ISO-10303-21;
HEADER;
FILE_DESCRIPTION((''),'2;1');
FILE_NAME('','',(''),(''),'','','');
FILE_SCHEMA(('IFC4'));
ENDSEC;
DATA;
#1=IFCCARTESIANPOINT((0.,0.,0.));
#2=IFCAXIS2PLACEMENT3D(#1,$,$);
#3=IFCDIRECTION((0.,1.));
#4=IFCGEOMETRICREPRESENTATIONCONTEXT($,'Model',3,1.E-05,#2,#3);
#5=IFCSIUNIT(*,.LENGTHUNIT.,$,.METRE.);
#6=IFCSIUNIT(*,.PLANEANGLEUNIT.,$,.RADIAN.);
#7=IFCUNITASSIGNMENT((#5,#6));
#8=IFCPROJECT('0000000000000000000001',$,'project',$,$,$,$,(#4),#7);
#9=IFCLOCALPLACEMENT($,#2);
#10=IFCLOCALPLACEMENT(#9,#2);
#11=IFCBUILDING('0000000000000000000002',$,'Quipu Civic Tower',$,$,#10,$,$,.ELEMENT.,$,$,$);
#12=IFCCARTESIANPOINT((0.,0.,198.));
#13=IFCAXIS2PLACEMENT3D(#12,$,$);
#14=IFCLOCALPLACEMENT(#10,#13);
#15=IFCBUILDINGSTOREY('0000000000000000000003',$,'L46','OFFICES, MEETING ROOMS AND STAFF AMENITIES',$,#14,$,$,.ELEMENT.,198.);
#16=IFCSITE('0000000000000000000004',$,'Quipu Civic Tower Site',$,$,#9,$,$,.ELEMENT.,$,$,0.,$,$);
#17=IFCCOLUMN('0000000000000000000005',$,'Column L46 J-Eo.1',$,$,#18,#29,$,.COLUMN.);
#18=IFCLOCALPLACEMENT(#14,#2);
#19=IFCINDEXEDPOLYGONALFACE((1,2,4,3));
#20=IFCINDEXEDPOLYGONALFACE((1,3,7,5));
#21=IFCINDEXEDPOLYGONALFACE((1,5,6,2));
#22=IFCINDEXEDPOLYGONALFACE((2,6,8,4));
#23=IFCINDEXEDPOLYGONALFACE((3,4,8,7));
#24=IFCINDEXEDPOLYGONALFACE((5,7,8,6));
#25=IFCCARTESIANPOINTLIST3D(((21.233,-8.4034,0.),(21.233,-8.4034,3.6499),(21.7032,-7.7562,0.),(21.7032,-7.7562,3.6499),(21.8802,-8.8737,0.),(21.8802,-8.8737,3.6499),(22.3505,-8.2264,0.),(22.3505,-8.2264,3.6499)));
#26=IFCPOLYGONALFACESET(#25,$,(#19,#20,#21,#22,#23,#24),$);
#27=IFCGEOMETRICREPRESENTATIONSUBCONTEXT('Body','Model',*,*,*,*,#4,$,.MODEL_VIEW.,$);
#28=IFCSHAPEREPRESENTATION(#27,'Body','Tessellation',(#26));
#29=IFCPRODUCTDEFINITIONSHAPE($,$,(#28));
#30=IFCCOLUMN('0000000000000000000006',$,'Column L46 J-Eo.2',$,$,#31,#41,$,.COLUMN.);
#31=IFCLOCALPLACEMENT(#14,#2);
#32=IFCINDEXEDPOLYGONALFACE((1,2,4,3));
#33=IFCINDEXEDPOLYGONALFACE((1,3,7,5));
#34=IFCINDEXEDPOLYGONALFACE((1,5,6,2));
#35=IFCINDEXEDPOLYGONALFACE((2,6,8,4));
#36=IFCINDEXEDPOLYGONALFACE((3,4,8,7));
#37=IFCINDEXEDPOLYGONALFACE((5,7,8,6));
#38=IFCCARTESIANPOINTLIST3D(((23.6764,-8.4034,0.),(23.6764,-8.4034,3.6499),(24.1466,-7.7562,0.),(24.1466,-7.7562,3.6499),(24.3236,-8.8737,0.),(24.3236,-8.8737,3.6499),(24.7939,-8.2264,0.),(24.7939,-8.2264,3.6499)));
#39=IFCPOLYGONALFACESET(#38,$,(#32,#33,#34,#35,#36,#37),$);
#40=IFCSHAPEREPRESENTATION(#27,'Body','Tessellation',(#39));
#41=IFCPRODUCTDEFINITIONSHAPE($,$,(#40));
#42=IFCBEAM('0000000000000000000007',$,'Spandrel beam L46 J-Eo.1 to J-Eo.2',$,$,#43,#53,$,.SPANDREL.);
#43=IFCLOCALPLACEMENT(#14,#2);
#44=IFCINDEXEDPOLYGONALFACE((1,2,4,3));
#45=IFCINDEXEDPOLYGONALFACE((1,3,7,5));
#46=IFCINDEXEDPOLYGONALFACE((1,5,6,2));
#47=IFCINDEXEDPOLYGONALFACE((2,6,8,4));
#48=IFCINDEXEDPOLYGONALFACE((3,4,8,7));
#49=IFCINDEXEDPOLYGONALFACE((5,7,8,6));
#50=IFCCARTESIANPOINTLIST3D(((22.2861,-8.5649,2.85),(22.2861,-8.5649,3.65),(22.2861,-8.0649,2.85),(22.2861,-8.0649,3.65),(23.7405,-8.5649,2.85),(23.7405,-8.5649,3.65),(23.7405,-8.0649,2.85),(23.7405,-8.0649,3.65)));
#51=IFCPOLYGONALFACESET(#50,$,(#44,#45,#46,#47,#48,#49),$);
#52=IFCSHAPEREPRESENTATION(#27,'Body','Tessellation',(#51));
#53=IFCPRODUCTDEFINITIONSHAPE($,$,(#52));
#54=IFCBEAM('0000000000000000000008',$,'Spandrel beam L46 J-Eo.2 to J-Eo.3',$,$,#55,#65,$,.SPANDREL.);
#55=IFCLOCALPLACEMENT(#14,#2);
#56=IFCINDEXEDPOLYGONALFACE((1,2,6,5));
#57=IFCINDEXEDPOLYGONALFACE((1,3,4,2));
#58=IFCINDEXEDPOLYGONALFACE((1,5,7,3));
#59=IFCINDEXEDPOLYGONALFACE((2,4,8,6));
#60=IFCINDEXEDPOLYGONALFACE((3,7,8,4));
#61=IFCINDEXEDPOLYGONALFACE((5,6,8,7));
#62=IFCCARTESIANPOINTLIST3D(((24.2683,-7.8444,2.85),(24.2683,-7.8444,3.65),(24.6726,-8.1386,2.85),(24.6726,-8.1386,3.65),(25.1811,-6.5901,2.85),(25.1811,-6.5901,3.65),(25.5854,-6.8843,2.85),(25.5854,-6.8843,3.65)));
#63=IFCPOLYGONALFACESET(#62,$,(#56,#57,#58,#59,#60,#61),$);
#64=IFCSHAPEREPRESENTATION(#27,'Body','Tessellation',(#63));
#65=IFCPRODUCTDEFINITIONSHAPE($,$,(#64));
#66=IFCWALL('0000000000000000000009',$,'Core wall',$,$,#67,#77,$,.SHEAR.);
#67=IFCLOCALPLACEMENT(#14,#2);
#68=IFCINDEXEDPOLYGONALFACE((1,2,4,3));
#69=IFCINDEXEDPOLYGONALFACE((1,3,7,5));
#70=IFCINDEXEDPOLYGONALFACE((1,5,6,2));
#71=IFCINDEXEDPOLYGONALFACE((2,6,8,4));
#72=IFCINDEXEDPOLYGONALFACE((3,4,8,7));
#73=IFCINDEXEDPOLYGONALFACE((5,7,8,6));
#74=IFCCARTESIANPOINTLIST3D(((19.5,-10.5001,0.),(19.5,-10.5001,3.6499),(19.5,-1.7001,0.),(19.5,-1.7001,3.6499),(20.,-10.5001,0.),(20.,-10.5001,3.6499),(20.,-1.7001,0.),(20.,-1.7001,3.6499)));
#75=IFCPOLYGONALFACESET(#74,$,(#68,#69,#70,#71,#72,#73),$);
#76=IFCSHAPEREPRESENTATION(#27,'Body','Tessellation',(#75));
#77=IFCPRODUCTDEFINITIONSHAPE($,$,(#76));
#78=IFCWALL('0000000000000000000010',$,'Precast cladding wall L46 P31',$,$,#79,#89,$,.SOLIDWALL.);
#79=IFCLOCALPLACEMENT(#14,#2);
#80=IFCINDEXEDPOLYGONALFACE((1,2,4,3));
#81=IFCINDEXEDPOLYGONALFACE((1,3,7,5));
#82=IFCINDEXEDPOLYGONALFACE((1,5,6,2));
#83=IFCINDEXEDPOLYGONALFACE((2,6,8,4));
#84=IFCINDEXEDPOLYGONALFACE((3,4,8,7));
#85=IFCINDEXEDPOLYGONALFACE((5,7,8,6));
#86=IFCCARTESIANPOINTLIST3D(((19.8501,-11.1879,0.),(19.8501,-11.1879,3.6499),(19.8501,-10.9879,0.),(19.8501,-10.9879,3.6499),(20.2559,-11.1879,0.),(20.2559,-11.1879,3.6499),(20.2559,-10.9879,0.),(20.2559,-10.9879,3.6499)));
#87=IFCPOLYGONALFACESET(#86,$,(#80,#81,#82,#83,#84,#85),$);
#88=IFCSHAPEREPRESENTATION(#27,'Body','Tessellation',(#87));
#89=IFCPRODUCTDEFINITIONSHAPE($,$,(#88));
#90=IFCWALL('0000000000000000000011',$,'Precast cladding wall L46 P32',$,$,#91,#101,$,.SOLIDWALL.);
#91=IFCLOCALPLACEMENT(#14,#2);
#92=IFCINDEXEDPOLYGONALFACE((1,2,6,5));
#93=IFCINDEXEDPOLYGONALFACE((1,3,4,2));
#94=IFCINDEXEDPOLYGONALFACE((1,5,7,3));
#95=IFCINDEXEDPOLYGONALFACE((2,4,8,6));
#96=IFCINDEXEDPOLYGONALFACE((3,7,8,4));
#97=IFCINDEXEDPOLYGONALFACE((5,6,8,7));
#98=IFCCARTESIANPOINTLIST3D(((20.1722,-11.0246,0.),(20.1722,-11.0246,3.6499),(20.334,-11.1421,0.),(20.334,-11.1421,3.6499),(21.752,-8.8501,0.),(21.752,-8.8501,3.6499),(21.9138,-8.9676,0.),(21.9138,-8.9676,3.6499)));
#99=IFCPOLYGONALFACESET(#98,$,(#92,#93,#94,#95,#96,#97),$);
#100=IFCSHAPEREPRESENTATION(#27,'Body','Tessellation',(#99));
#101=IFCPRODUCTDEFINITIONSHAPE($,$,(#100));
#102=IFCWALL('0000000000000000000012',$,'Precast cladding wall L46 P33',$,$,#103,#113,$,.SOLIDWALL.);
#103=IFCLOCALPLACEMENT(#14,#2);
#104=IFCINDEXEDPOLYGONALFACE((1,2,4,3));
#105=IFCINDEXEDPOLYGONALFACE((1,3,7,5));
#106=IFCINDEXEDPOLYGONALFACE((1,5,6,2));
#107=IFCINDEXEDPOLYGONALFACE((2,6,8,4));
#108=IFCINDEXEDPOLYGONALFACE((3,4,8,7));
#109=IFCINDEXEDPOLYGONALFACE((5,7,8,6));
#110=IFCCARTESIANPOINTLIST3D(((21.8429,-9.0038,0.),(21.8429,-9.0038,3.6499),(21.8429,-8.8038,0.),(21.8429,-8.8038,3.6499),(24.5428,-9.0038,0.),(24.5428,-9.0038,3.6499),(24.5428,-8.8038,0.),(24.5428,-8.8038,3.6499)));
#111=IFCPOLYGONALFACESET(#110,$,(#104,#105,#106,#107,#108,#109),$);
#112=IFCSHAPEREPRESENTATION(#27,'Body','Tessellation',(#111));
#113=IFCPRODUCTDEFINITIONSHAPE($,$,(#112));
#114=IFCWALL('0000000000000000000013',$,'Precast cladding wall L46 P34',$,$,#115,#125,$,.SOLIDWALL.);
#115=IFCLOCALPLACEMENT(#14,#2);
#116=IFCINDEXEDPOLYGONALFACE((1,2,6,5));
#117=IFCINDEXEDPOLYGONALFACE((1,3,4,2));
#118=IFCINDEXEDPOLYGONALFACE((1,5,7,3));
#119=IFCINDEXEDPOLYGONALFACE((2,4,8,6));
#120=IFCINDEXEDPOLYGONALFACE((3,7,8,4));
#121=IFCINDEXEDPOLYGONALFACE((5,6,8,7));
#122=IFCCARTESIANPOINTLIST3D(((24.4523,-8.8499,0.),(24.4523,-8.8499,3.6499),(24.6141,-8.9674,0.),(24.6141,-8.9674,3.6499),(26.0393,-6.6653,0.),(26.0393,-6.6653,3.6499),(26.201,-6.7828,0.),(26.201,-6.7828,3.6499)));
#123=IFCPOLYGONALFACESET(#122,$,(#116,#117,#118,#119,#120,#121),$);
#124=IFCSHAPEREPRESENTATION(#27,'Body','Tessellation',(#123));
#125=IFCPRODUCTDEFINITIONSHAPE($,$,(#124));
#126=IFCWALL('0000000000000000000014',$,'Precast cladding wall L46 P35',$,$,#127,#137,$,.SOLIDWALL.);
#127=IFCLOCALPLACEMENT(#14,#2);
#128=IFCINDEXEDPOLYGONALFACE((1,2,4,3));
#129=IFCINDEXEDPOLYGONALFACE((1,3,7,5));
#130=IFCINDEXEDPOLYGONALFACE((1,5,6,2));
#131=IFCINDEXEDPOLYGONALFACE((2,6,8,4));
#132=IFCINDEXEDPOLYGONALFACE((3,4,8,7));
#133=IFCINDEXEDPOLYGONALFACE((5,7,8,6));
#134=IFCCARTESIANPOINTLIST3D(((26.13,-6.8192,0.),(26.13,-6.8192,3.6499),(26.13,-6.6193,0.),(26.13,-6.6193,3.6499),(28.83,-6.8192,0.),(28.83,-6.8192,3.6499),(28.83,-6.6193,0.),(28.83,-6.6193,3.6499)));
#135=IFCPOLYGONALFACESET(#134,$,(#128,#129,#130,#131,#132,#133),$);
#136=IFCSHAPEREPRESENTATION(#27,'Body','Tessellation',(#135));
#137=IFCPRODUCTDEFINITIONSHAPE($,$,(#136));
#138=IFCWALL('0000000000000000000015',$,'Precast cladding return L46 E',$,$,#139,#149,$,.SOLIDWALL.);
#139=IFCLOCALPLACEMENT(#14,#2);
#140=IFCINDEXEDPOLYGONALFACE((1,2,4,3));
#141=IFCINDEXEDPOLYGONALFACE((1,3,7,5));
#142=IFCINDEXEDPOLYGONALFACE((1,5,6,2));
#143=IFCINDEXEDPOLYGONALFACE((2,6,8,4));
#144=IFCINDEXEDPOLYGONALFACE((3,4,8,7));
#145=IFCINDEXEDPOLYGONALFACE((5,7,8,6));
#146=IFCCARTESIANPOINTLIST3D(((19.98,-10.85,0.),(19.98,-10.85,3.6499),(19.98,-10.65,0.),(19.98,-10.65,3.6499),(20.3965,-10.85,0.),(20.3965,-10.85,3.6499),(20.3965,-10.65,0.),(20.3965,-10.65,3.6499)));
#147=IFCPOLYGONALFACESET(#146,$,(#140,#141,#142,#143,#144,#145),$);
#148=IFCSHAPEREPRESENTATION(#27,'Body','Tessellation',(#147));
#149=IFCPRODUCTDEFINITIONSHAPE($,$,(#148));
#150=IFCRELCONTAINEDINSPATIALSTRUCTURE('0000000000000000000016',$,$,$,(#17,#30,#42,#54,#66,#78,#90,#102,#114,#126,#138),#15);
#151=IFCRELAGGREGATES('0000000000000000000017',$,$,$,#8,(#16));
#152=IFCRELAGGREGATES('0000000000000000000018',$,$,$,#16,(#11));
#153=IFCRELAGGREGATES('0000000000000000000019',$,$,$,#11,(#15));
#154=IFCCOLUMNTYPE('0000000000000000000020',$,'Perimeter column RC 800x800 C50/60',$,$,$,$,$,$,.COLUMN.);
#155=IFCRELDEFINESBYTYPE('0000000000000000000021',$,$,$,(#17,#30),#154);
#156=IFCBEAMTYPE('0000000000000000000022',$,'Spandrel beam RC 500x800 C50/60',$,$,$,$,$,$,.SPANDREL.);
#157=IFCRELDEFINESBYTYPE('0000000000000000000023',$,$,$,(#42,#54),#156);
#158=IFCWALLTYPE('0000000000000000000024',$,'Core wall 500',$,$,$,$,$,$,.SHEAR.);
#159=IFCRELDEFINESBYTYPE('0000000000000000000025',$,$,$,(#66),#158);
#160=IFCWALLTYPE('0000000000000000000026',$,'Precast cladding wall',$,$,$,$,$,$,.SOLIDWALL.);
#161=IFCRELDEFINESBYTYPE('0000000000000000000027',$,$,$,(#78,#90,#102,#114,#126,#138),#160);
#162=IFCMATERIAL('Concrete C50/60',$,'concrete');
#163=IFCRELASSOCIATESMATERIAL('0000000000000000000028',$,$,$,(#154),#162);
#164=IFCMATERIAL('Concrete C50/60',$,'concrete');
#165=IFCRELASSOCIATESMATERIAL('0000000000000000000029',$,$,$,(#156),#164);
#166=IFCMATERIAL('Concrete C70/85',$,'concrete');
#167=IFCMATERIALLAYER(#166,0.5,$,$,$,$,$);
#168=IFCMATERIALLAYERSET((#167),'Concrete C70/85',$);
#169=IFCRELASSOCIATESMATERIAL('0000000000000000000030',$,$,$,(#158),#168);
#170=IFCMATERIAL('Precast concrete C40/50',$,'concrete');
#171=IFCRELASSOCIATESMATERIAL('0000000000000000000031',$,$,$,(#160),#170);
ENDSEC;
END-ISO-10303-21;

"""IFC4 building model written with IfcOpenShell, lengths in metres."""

from ifc_helpers import new_model, si_unit, direction, frame, frame_2d, origin, origin_2d, place, context, subcontext, project, spatial, rectangle, extrude, material, layer, layer_set, material_profile, profile_set, type_object, element, save


model = new_model("IFC4")

# Units and contexts
model_context = context("Model", 3, precision=1e-05, world=origin(), true_north=direction((0.0, 1.0)))
body_context = subcontext(model_context, "Body", "Model", "MODEL_VIEW")
ifc_project = project(units=[si_unit("LENGTHUNIT", "METRE"), si_unit("PLANEANGLEUNIT", "RADIAN")], contexts=[model_context])

# Site, building, storey
site_placement = place(None, origin())
site = spatial("IfcSite", under=ifc_project, at=site_placement, Name="Quipu Civic Tower Site", CompositionType="ELEMENT", RefElevation=0.0)
building_placement = place(site_placement, origin())
building = spatial("IfcBuilding", under=site, at=building_placement, Name="Quipu Civic Tower", CompositionType="ELEMENT")
storey_placement = place(building_placement, frame((0.0, 0.0, 198.0)))
storey = spatial("IfcBuildingStorey", under=building, at=storey_placement, Name="L46", Description="OFFICES, MEETING ROOMS AND STAFF AMENITIES", CompositionType="ELEMENT", Elevation=198.0)

# Columns
ifc_material_1 = material(Name="Concrete C50/60", Category="concrete")
ifc_material_profile_1 = material_profile(ifc_material_1, rectangle(XDim=0.8, YDim=0.8, at=origin_2d()), Name="RC800x800")
ifc_profile_set_1 = profile_set([ifc_material_profile_1], Name="Concrete C50/60")
column_type = type_object("IfcColumnType", Name="Perimeter column RC 800x800 C50/60", PredefinedType="COLUMN", material=ifc_profile_set_1)
for number, where, z_axis, x_axis, name in (
    (1, (21.7917, -8.3149, 0.0), (0.0, 0.0, 1.0), (0.587785, 0.809017, 0.0), "Column L46 J-Eo.1"),
    (2, (24.2351, -8.3149, 0.0), (0.0, 0.0, 1.0), (0.587785, 0.809017, 0.0), "Column L46 J-Eo.2"),
):
    element("IfcColumn", number, at=place(storey_placement, frame(where, z_axis=z_axis, x_axis=x_axis)), inside=storey, type_object=column_type, Name=name, PredefinedType="COLUMN", context=body_context, shape_type="SweptSolid", body=[
        extrude(rectangle(XDim=0.8, YDim=0.8, at=origin_2d()), origin(), (0.0, 0.0, 1.0), 3.6499),
    ])

# Beams
ifc_material_2 = material(Name="Concrete C50/60", Category="concrete")
ifc_material_profile_2 = material_profile(ifc_material_2, rectangle(XDim=0.5, YDim=0.8, at=origin_2d()), Name="RC500x800")
ifc_profile_set_2 = profile_set([ifc_material_profile_2], Name="Concrete C50/60")
beam_type = type_object("IfcBeamType", Name="Spandrel beam RC 500x800 C50/60", PredefinedType="SPANDREL", material=ifc_profile_set_2)
beam_1_placement = place(storey_placement, frame((22.2861, -8.3149, 3.25), z_axis=(1.0, 0.0, 0.0), x_axis=(0.0, 1.0, 0.0)))
element("IfcBeam", 3, at=beam_1_placement, inside=storey, type_object=beam_type, Name="Spandrel beam L46 J-Eo.1 to J-Eo.2", PredefinedType="SPANDREL", context=body_context, shape_type="SweptSolid", body=[
    extrude(rectangle(XDim=0.5, YDim=0.8, at=origin_2d()), origin(), (0.0, 0.0, 1.0), 1.4543),
])
beam_2_placement = place(storey_placement, frame((24.4705, -7.9915, 3.25), z_axis=(0.588406, 0.808566, 0.0), x_axis=(-0.808566, 0.588406, 0.0)))
element("IfcBeam", 4, at=beam_2_placement, inside=storey, type_object=beam_type, Name="Spandrel beam L46 J-Eo.2 to J-Eo.3", PredefinedType="SPANDREL", context=body_context, shape_type="SweptSolid", body=[
    extrude(rectangle(XDim=0.5, YDim=0.8, at=origin_2d()), origin(), (0.0, 0.0, 1.0), 1.5513),
])

# Walls
ifc_material_3 = material(Name="Concrete C70/85", Category="concrete")
ifc_layer = layer(ifc_material_3, 0.5)
ifc_layer_set = layer_set([ifc_layer], Name="Concrete C70/85")
wall_type_1 = type_object("IfcWallType", Name="Core wall 500", PredefinedType="SHEAR", material=ifc_layer_set)
wall_1_placement = place(storey_placement, frame((19.75, -10.5, 0.0), z_axis=(0.0, 0.0, 1.0), x_axis=(0.0, 1.0, 0.0)))
element("IfcWall", 5, at=wall_1_placement, inside=storey, type_object=wall_type_1, Name="Core wall", PredefinedType="SHEAR", context=body_context, shape_type="SweptSolid", body=[
    extrude(rectangle(XDim=8.8, YDim=0.5, at=frame_2d((4.3999, 0.0))), origin(), (0.0, 0.0, 1.0), 3.6499),
])
ifc_material_4 = material(Name="Precast concrete C40/50", Category="concrete")
wall_type_2 = type_object("IfcWallType", Name="Precast cladding wall", PredefinedType="SOLIDWALL", material=ifc_material_4)
wall_2_placement = place(storey_placement, frame((19.8501, -11.0879, 0.0), z_axis=(0.0, 0.0, 1.0), x_axis=(1.0, 0.0, 0.0)))
element("IfcWall", 6, at=wall_2_placement, inside=storey, type_object=wall_type_2, Name="Precast cladding wall L46 P31", PredefinedType="SOLIDWALL", context=body_context, shape_type="SweptSolid", body=[
    extrude(rectangle(XDim=0.4058, YDim=0.2, at=frame_2d((0.2029, 0.0))), origin(), (0.0, 0.0, 1.0), 3.6499),
])
wall_3_placement = place(storey_placement, frame((20.2532, -11.0833, 0.0), z_axis=(0.0, 0.0, 1.0), x_axis=(0.587767, 0.809031, 0.0)))
element("IfcWall", 7, at=wall_3_placement, inside=storey, type_object=wall_type_2, Name="Precast cladding wall L46 P32", PredefinedType="SOLIDWALL", context=body_context, shape_type="SweptSolid", body=[
    extrude(rectangle(XDim=2.6877, YDim=0.2, at=frame_2d((1.3438, 0.0))), origin(), (0.0, 0.0, 1.0), 3.6499),
])
wall_4_placement = place(storey_placement, frame((21.8428, -8.9038, 0.0), z_axis=(0.0, 0.0, 1.0), x_axis=(1.0, 0.0, 0.0)))
element("IfcWall", 8, at=wall_4_placement, inside=storey, type_object=wall_type_2, Name="Precast cladding wall L46 P33", PredefinedType="SOLIDWALL", context=body_context, shape_type="SweptSolid", body=[
    extrude(rectangle(XDim=2.7, YDim=0.2, at=frame_2d((1.3501, 0.0))), origin(), (0.0, 0.0, 1.0), 3.6499),
])
wall_5_placement = place(storey_placement, frame((24.5332, -8.9087, 0.0), z_axis=(0.0, 0.0, 1.0), x_axis=(0.58772, 0.809064, 0.0)))
element("IfcWall", 9, at=wall_5_placement, inside=storey, type_object=wall_type_2, Name="Precast cladding wall L46 P34", PredefinedType="SOLIDWALL", context=body_context, shape_type="SweptSolid", body=[
    extrude(rectangle(XDim=2.7002, YDim=0.2, at=frame_2d((1.3501, 0.0))), origin(), (0.0, 0.0, 1.0), 3.6499),
])
wall_6_placement = place(storey_placement, frame((26.1299, -6.7192, 0.0), z_axis=(0.0, 0.0, 1.0), x_axis=(1.0, 0.0, 0.0)))
element("IfcWall", 10, at=wall_6_placement, inside=storey, type_object=wall_type_2, Name="Precast cladding wall L46 P35", PredefinedType="SOLIDWALL", context=body_context, shape_type="SweptSolid", body=[
    extrude(rectangle(XDim=2.7, YDim=0.2, at=frame_2d((1.3501, 0.0))), origin(), (0.0, 0.0, 1.0), 3.6499),
])
wall_7_placement = place(storey_placement, frame((19.98, -10.75, 0.0), z_axis=(0.0, 0.0, 1.0), x_axis=(1.0, 0.0, 0.0)))
element("IfcWall", 11, at=wall_7_placement, inside=storey, type_object=wall_type_2, Name="Precast cladding return L46 E", PredefinedType="SOLIDWALL", context=body_context, shape_type="SweptSolid", body=[
    extrude(rectangle(XDim=0.4165, YDim=0.2, at=frame_2d((0.2083, 0.0))), origin(), (0.0, 0.0, 1.0), 3.6499),
])

save(model, "model.ifc")
